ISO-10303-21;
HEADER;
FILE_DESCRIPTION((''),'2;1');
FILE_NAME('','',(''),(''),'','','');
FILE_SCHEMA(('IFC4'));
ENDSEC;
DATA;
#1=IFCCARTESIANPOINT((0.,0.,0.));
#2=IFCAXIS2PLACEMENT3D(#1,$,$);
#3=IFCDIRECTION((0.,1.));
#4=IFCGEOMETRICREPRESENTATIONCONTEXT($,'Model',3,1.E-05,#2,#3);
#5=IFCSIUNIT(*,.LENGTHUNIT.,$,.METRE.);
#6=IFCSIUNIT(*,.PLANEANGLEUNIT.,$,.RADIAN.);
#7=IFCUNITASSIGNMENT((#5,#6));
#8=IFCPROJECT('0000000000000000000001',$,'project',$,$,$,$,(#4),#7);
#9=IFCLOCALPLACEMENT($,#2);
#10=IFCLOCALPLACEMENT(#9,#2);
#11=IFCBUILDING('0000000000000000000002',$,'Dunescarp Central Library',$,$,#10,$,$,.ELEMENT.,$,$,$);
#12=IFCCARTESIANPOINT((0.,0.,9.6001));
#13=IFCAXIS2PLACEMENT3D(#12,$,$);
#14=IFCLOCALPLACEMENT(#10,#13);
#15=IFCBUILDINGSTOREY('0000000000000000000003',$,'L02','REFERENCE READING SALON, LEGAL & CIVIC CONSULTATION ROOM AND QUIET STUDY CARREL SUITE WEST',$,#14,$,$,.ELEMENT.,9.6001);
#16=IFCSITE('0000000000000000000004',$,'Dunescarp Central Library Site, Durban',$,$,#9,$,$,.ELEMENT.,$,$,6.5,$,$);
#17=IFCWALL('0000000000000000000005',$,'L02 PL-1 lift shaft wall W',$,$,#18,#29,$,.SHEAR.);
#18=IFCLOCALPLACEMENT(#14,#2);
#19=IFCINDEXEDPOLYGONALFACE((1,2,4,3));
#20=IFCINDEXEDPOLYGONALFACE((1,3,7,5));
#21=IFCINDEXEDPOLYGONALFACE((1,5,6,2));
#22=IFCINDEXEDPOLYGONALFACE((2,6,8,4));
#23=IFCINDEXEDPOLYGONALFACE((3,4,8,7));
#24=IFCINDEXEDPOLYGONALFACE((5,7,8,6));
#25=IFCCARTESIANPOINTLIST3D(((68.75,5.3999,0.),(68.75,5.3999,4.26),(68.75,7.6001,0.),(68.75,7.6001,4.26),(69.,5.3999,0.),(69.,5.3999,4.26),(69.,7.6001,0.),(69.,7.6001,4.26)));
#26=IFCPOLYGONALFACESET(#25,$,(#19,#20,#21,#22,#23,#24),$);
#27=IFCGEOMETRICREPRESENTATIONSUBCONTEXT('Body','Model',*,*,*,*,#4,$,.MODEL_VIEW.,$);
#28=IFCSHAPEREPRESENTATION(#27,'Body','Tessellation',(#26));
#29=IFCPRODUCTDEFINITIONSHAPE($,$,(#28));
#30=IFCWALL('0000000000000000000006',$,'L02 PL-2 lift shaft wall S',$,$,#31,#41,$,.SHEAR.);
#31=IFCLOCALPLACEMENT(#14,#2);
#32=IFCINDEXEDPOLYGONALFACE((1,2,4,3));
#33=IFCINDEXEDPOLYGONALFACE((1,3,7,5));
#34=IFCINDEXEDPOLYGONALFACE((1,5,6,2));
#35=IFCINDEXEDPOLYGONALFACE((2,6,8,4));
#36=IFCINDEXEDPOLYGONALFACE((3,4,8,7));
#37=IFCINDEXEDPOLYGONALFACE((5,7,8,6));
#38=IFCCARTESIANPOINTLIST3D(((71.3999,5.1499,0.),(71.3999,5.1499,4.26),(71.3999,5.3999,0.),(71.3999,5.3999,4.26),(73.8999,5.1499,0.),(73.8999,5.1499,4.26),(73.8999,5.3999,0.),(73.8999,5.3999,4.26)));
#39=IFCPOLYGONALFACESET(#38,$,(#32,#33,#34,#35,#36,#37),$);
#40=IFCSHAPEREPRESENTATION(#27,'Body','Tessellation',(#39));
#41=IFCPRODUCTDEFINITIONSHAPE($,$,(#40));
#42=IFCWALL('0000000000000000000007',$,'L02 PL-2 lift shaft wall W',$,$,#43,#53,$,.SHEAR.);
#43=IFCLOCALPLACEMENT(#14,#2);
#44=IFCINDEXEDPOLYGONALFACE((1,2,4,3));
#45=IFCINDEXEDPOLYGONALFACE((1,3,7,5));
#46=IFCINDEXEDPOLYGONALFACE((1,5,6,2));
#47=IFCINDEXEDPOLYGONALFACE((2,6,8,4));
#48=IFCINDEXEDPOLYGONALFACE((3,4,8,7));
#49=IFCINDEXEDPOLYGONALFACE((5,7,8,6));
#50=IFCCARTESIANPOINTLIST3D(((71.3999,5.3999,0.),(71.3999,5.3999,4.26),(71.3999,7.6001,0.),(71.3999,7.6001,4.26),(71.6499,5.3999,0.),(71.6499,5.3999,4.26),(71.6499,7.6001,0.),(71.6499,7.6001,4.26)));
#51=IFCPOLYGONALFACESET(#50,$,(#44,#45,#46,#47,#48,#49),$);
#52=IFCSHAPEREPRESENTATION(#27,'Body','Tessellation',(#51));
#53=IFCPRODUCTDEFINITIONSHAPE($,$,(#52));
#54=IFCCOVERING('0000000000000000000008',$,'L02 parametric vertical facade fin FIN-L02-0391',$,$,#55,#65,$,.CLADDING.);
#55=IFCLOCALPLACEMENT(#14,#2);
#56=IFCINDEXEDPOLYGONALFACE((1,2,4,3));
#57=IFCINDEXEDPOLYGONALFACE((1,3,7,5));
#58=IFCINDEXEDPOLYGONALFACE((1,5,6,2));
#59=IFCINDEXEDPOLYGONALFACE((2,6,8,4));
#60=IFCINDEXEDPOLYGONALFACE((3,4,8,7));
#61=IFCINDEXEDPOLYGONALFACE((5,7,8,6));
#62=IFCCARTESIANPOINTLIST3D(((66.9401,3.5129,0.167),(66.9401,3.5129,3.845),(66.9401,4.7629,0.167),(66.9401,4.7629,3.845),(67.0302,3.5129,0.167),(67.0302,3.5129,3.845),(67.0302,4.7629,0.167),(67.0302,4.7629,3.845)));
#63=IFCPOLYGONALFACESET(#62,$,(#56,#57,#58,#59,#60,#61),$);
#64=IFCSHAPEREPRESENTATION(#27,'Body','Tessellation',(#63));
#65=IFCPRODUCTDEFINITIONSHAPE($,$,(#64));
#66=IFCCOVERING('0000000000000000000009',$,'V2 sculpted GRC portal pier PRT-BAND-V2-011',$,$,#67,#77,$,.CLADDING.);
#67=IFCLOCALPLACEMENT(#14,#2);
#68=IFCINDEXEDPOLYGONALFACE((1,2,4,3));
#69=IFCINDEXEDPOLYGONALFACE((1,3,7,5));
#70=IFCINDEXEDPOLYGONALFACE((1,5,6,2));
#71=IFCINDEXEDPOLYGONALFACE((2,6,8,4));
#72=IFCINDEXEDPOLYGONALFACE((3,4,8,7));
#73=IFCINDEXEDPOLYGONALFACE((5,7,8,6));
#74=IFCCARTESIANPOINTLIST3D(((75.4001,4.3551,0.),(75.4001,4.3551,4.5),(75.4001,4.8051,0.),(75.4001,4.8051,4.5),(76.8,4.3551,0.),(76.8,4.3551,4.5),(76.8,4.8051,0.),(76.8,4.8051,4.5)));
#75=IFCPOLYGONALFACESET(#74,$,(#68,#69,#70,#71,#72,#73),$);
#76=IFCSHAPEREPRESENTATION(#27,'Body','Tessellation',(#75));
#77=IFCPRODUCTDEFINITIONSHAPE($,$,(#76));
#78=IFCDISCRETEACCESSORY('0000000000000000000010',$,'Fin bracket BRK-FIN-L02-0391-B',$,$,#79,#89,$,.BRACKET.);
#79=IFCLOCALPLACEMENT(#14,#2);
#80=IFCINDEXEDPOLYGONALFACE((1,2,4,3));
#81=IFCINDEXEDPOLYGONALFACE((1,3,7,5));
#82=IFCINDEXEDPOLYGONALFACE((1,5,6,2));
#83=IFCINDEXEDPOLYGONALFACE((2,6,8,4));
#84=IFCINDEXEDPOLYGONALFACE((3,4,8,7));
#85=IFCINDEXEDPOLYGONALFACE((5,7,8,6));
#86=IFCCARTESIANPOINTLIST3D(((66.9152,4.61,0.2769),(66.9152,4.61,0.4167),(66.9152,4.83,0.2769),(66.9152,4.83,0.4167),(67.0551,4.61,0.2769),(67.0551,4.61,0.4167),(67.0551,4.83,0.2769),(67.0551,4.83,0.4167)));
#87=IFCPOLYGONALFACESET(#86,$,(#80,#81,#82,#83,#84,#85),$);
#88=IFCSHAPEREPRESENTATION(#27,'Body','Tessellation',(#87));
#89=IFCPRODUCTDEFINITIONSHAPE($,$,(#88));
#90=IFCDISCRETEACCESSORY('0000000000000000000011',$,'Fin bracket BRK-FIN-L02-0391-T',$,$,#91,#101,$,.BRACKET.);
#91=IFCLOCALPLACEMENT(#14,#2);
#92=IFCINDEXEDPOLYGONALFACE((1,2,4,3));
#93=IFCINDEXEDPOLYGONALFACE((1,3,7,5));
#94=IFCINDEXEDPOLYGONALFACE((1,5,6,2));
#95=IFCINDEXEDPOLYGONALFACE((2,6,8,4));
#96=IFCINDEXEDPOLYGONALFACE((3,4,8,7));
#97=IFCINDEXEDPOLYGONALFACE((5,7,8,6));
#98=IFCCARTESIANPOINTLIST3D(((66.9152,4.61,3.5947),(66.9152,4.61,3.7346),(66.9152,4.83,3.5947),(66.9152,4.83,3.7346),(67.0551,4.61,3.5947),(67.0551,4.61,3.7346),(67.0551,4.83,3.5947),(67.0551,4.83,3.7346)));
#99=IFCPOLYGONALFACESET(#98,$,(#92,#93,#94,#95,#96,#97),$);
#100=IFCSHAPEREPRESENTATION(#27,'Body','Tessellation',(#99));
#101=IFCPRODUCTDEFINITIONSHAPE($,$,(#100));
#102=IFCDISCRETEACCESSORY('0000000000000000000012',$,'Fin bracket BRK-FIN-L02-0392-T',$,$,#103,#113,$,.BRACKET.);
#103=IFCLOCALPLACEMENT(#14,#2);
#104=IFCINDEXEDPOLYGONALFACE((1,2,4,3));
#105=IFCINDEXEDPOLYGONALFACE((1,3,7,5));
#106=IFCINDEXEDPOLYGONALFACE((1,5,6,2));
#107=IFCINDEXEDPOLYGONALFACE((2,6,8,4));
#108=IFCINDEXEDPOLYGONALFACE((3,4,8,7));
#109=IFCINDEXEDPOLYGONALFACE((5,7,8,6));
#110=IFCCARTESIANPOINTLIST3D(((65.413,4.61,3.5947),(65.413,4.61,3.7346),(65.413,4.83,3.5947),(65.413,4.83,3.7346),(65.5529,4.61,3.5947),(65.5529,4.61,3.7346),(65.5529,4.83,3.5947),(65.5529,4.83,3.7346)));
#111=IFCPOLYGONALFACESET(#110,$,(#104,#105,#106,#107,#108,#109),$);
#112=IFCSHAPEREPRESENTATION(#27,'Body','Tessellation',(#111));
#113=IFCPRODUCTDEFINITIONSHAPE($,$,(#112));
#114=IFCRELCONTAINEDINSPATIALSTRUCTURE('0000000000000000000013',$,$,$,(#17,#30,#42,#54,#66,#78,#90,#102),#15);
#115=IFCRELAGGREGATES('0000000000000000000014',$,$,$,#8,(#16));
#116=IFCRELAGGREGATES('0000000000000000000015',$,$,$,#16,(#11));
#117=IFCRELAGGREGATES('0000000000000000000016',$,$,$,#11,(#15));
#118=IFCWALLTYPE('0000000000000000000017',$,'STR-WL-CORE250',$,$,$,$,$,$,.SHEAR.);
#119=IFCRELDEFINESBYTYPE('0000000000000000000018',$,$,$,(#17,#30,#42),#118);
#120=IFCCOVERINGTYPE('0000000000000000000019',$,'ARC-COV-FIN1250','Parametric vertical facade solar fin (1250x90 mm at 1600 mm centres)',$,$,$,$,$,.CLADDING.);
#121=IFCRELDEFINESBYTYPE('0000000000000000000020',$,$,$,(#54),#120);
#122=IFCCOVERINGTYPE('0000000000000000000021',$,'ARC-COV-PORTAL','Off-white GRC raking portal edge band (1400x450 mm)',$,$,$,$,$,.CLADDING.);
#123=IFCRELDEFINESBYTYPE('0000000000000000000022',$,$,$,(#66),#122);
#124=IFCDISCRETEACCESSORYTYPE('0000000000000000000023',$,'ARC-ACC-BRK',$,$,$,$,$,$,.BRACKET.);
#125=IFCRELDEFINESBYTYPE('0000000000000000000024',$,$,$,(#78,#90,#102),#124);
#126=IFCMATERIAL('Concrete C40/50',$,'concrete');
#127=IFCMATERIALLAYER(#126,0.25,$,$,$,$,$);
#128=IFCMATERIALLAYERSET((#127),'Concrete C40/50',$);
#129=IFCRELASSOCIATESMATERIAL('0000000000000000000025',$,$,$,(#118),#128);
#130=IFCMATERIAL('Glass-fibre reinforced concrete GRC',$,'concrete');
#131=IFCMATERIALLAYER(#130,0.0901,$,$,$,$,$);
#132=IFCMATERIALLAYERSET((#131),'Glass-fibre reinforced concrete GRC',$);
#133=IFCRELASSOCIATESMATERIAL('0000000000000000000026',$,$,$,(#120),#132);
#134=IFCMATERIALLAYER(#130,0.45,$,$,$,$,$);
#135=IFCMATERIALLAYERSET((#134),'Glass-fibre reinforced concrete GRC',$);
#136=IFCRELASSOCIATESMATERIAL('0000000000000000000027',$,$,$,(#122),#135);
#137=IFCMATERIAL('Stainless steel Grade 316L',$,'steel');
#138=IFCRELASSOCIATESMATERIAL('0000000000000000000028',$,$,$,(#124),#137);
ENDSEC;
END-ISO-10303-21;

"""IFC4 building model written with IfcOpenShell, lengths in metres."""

from ifc_helpers import new_model, si_unit, direction, frame, frame_2d, origin, origin_2d, place, context, subcontext, project, spatial, rectangle, extrude, material, layer, layer_set, type_object, element, save


model = new_model("IFC4")

# Units and contexts
model_context = context("Model", 3, precision=1e-05, world=origin(), true_north=direction((0.0, 1.0)))
body_context = subcontext(model_context, "Body", "Model", "MODEL_VIEW")
ifc_project = project(units=[si_unit("LENGTHUNIT", "METRE"), si_unit("PLANEANGLEUNIT", "RADIAN")], contexts=[model_context])

# Site, building, storey
site_placement = place(None, origin())
site = spatial("IfcSite", under=ifc_project, at=site_placement, Name="Dunescarp Central Library Site, Durban", CompositionType="ELEMENT", RefElevation=6.5)
building_placement = place(site_placement, origin())
building = spatial("IfcBuilding", under=site, at=building_placement, Name="Dunescarp Central Library", CompositionType="ELEMENT")
storey_placement = place(building_placement, frame((0.0, 0.0, 9.6001)))
storey = spatial("IfcBuildingStorey", under=building, at=storey_placement, Name="L02", Description="REFERENCE READING SALON, LEGAL & CIVIC CONSULTATION ROOM AND QUIET STUDY CARREL SUITE WEST", CompositionType="ELEMENT", Elevation=9.6001)

# Walls
ifc_material_1 = material(Name="Concrete C40/50", Category="concrete")
ifc_layer_1 = layer(ifc_material_1, 0.25)
ifc_layer_set_1 = layer_set([ifc_layer_1], Name="Concrete C40/50")
wall_type_1 = type_object("IfcWallType", Name="STR-WL-CORE250", PredefinedType="SHEAR", material=ifc_layer_set_1)
wall_1_placement = place(storey_placement, frame((68.875, 5.3999, 0.0), z_axis=(0.0, 0.0, 1.0), x_axis=(0.0, 1.0, 0.0)))
element("IfcWall", 1, at=wall_1_placement, inside=storey, type_object=wall_type_1, Name="L02 PL-1 lift shaft wall W", PredefinedType="SHEAR", context=body_context, shape_type="SweptSolid", body=[
    extrude(rectangle(XDim=2.2002, YDim=0.25, at=frame_2d((1.1001, 0.0))), origin(), (0.0, 0.0, 1.0), 4.26),
])
wall_2_placement = place(storey_placement, frame((73.8999, 5.2749, 0.0), z_axis=(0.0, 0.0, 1.0), x_axis=(-1.0, 0.0, 0.0)))
element("IfcWall", 2, at=wall_2_placement, inside=storey, type_object=wall_type_1, Name="L02 PL-2 lift shaft wall S", PredefinedType="SHEAR", context=body_context, shape_type="SweptSolid", body=[
    extrude(rectangle(XDim=2.5, YDim=0.25, at=frame_2d((1.25, 0.0))), origin(), (0.0, 0.0, 1.0), 4.26),
])
wall_3_placement = place(storey_placement, frame((71.5249, 5.3999, 0.0), z_axis=(0.0, 0.0, 1.0), x_axis=(0.0, 1.0, 0.0)))
element("IfcWall", 3, at=wall_3_placement, inside=storey, type_object=wall_type_1, Name="L02 PL-2 lift shaft wall W", PredefinedType="SHEAR", context=body_context, shape_type="SweptSolid", body=[
    extrude(rectangle(XDim=2.2002, YDim=0.25, at=frame_2d((1.1001, 0.0))), origin(), (0.0, 0.0, 1.0), 4.26),
])

# Coverings
ifc_material_2 = material(Name="Glass-fibre reinforced concrete GRC", Category="concrete")
ifc_layer_2 = layer(ifc_material_2, 0.0901)
ifc_layer_set_2 = layer_set([ifc_layer_2], Name="Glass-fibre reinforced concrete GRC")
covering_type_1 = type_object("IfcCoveringType", Name="ARC-COV-FIN1250", Description="Parametric vertical facade solar fin (1250x90 mm at 1600 mm centres)", PredefinedType="CLADDING", material=ifc_layer_set_2)
covering_1_placement = place(storey_placement, frame((66.9851, 4.1379, 0.167), z_axis=(0.0, 0.0, 1.0), x_axis=(0.0, -1.0, 0.0)))
element("IfcCovering", 4, at=covering_1_placement, inside=storey, type_object=covering_type_1, Name="L02 parametric vertical facade fin FIN-L02-0391", PredefinedType="CLADDING", context=body_context, shape_type="SweptSolid", body=[
    extrude(rectangle(XDim=1.25, YDim=0.0901, at=origin_2d()), origin(), (0.0, 0.0, 1.0), 3.678),
])
ifc_layer_3 = layer(ifc_material_2, 0.45)
ifc_layer_set_3 = layer_set([ifc_layer_3], Name="Glass-fibre reinforced concrete GRC")
covering_type_2 = type_object("IfcCoveringType", Name="ARC-COV-PORTAL", Description="Off-white GRC raking portal edge band (1400x450 mm)", PredefinedType="CLADDING", material=ifc_layer_set_3)
covering_2_placement = place(storey_placement, frame((76.1001, 4.5801, 0.0), z_axis=(0.0, 0.0, 1.0), x_axis=(1.0, 0.0, 0.0)))
element("IfcCovering", 5, at=covering_2_placement, inside=storey, type_object=covering_type_2, Name="V2 sculpted GRC portal pier PRT-BAND-V2-011", PredefinedType="CLADDING", context=body_context, shape_type="SweptSolid", body=[
    extrude(rectangle(XDim=1.3999, YDim=0.45, at=origin_2d()), origin(), (0.0, 0.0, 1.0), 4.5),
])

# Discrete accessories
ifc_material_3 = material(Name="Stainless steel Grade 316L", Category="steel")
discrete_accessory_type = type_object("IfcDiscreteAccessoryType", Name="ARC-ACC-BRK", PredefinedType="BRACKET", material=ifc_material_3)
for number, where, z_axis, x_axis, name in (
    (6, (66.9851, 4.72, 0.2769), (0.0, 0.0, 1.0), (0.0, -1.0, 0.0), "Fin bracket BRK-FIN-L02-0391-B"),
    (7, (66.9851, 4.72, 3.5947), (0.0, 0.0, 1.0), (0.0, -1.0, 0.0), "Fin bracket BRK-FIN-L02-0391-T"),
    (8, (65.4829, 4.72, 3.5947), (0.0, 0.0, 1.0), (0.0, -1.0, 0.0), "Fin bracket BRK-FIN-L02-0392-T"),
):
    element("IfcDiscreteAccessory", number, at=place(storey_placement, frame(where, z_axis=z_axis, x_axis=x_axis)), inside=storey, type_object=discrete_accessory_type, Name=name, PredefinedType="BRACKET", context=body_context, shape_type="SweptSolid", body=[
        extrude(rectangle(XDim=0.22, YDim=0.1399, at=origin_2d()), origin(), (0.0, 0.0, 1.0), 0.1399),
    ])

save(model, "model.ifc")
